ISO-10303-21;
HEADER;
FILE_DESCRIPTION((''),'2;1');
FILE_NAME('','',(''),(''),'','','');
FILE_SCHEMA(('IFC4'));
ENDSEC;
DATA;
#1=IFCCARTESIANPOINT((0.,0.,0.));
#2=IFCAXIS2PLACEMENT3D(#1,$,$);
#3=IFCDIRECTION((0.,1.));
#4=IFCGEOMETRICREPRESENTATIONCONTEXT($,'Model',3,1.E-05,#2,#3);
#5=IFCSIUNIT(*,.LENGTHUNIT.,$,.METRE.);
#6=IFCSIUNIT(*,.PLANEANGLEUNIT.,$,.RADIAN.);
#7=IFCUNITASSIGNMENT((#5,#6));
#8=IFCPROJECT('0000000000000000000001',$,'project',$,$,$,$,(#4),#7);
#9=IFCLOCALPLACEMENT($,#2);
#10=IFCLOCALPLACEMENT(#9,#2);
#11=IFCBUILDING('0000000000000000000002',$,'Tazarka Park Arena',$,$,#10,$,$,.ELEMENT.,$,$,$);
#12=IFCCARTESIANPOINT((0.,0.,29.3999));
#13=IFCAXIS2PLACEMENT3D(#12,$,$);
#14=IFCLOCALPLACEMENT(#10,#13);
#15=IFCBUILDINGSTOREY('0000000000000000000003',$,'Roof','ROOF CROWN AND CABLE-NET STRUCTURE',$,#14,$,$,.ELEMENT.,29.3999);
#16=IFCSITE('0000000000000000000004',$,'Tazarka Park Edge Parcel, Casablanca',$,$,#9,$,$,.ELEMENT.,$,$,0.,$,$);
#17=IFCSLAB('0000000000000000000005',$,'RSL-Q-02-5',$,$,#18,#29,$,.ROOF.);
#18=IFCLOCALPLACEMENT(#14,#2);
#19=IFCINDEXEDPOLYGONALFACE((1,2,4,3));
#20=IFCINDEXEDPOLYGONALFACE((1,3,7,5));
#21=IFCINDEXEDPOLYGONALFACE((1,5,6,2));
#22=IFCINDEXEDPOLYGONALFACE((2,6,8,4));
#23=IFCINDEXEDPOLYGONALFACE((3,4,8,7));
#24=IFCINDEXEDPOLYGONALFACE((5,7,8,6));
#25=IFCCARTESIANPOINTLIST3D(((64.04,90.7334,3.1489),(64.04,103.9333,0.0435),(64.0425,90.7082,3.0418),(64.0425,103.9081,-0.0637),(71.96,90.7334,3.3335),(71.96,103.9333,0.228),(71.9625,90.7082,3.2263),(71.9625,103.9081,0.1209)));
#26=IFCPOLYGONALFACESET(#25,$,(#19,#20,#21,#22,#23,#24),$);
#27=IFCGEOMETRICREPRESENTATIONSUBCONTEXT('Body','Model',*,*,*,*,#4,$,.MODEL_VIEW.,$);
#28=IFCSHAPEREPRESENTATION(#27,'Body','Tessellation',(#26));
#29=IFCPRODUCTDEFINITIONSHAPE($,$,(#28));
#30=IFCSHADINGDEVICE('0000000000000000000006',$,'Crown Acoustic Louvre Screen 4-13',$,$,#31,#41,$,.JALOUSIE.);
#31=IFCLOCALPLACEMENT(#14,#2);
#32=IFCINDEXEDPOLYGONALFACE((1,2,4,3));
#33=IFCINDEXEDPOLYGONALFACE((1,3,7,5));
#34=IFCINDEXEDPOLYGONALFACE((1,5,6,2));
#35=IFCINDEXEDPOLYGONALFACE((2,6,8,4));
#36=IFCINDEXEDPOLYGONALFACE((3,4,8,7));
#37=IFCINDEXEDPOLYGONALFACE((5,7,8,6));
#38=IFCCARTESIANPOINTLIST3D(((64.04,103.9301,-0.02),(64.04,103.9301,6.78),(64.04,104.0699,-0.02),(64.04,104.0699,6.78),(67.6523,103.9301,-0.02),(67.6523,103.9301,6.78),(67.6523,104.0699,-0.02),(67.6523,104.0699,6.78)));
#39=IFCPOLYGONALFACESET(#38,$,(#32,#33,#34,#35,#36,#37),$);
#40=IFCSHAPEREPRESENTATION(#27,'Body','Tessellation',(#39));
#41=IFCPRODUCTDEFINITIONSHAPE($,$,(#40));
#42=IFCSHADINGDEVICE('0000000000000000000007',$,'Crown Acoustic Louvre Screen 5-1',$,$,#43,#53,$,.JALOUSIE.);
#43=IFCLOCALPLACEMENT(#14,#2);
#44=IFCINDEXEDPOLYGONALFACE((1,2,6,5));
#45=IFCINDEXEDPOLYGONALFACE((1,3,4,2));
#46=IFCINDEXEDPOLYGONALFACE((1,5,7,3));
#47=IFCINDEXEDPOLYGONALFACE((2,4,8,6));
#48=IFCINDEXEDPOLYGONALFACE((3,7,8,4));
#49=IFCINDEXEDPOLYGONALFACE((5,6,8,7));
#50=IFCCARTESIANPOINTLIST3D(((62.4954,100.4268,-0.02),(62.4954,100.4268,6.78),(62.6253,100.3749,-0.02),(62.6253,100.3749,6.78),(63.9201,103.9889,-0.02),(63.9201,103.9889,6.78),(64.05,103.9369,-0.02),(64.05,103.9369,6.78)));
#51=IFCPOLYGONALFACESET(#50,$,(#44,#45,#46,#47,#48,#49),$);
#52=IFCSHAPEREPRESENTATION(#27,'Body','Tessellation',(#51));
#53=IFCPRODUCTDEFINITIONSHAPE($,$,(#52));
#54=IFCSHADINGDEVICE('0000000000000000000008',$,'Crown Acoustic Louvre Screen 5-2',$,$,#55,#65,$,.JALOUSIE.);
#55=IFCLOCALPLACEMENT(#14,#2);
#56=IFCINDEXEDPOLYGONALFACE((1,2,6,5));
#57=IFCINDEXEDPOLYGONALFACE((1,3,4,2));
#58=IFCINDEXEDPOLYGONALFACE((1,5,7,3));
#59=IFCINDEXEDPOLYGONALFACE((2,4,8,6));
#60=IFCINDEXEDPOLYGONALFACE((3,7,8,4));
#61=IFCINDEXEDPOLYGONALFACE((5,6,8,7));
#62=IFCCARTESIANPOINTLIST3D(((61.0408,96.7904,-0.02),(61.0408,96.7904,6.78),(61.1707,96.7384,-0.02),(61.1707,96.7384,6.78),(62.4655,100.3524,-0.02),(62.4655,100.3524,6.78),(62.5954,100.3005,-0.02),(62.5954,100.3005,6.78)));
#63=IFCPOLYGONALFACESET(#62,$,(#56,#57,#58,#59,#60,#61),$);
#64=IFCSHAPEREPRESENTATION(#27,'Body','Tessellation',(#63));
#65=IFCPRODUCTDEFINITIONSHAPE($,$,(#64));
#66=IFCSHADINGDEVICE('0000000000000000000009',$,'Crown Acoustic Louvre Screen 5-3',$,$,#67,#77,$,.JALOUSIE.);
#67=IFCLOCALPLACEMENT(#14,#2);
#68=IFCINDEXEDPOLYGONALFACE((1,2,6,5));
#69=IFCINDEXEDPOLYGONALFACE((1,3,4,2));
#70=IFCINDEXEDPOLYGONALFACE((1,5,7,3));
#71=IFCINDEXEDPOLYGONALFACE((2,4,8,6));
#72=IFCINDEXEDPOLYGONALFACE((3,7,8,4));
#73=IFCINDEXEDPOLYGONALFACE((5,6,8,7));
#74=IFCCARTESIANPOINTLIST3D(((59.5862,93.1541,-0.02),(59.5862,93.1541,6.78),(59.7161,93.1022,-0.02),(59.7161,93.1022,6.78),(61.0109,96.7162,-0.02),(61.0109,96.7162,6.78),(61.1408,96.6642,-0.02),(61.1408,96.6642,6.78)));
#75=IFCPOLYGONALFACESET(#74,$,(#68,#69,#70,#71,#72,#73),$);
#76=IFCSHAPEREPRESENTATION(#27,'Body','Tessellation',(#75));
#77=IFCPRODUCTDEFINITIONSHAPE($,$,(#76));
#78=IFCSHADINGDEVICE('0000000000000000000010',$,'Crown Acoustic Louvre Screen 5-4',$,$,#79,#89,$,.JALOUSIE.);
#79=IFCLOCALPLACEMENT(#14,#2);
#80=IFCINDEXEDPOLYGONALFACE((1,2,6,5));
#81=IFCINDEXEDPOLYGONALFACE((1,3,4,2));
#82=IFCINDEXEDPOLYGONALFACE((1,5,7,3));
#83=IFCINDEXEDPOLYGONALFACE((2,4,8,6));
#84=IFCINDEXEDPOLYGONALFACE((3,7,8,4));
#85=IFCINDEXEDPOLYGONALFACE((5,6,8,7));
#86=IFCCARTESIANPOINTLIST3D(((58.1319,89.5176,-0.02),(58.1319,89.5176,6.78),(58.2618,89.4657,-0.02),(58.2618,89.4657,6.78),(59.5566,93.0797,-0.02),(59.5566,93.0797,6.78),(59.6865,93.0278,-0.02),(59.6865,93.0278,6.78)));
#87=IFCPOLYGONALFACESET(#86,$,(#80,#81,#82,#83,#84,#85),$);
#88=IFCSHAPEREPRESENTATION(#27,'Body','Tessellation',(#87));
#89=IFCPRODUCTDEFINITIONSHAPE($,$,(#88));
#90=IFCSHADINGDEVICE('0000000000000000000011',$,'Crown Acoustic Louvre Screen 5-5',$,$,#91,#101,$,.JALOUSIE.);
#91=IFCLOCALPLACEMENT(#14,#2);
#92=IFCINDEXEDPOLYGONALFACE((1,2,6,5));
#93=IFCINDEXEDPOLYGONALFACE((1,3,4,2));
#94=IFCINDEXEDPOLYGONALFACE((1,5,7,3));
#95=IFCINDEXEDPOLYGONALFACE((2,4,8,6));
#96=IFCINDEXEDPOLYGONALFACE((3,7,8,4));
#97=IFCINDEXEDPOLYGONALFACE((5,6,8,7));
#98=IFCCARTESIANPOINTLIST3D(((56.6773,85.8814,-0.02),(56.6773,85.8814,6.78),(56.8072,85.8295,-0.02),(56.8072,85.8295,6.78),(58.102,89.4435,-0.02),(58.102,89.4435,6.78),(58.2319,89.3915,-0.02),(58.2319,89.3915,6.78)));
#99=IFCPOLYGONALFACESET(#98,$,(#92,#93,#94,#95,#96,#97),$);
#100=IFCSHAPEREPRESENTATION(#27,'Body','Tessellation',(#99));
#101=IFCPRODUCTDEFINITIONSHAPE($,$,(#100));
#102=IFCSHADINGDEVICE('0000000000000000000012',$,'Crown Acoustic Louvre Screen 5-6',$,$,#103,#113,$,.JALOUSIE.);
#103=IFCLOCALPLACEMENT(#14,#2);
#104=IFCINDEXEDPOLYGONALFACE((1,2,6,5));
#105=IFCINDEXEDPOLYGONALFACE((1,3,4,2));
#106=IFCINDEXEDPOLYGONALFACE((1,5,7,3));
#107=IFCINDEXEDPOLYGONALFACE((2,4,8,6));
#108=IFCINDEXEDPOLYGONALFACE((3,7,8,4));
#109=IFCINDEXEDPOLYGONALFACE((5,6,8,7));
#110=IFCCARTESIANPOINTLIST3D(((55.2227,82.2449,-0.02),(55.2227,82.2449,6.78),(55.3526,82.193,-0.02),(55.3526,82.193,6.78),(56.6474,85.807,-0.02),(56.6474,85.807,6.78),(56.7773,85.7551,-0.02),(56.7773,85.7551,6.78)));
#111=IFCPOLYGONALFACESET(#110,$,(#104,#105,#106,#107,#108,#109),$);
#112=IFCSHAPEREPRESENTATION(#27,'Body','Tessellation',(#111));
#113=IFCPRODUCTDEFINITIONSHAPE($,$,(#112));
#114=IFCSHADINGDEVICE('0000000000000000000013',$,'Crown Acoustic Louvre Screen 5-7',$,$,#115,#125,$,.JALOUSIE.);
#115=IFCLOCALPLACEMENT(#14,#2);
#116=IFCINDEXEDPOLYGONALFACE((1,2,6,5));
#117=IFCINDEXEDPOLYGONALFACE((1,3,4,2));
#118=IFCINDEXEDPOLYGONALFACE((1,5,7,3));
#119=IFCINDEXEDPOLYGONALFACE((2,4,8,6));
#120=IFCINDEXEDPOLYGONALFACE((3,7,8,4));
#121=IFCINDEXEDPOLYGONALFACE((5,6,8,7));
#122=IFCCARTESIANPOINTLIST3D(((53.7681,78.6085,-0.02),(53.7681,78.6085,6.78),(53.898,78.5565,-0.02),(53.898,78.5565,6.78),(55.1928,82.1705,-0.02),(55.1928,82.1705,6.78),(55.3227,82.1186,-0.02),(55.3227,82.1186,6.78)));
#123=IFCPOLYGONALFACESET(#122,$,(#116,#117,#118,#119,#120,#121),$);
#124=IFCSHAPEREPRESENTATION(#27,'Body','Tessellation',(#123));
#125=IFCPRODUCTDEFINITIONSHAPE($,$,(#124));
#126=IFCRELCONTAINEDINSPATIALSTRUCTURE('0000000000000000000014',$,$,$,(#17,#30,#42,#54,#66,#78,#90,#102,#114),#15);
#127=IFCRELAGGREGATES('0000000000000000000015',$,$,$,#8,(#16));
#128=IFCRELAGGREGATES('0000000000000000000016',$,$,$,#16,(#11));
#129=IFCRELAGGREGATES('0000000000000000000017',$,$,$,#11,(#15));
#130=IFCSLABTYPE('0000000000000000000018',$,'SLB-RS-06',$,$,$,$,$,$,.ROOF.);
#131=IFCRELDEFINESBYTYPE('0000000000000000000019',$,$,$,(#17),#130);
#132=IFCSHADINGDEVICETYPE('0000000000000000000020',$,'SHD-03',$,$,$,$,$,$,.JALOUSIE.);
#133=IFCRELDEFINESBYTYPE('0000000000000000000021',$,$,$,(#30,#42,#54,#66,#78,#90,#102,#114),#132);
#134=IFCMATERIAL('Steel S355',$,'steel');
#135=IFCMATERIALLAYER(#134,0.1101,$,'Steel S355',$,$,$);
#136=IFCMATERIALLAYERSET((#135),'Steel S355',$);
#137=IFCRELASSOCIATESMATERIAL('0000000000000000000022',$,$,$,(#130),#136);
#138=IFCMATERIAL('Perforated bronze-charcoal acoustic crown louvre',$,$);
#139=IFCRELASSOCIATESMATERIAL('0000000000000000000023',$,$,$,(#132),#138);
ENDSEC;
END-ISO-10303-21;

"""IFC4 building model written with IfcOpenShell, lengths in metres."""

from ifc_helpers import new_model, si_unit, direction, frame, origin, origin_2d, place, context, subcontext, project, spatial, polyline, rectangle, outline, extrude, material, layer, layer_set, type_object, element, save


model = new_model("IFC4")

# Units and contexts
model_context = context("Model", 3, precision=1e-05, world=origin(), true_north=direction((0.0, 1.0)))
body_context = subcontext(model_context, "Body", "Model", "MODEL_VIEW")
ifc_project = project(units=[si_unit("LENGTHUNIT", "METRE"), si_unit("PLANEANGLEUNIT", "RADIAN")], contexts=[model_context])

# Site, building, storey
site_placement = place(None, origin())
site = spatial("IfcSite", under=ifc_project, at=site_placement, Name="Tazarka Park Edge Parcel, Casablanca", CompositionType="ELEMENT", RefElevation=0.0)
building_placement = place(site_placement, origin())
building = spatial("IfcBuilding", under=site, at=building_placement, Name="Tazarka Park Arena", CompositionType="ELEMENT")
storey_placement = place(building_placement, frame((0.0, 0.0, 29.3999)))
storey = spatial("IfcBuildingStorey", under=building, at=storey_placement, Name="Roof", Description="ROOF CROWN AND CABLE-NET STRUCTURE", CompositionType="ELEMENT", Elevation=29.3999)

# Slab
ifc_material_1 = material(Name="Steel S355", Category="steel")
ifc_layer_1 = layer(ifc_material_1, 0.1101, Name="Steel S355")
ifc_layer_set_1 = layer_set([ifc_layer_1], Name="Steel S355")
slab_type_1 = type_object("IfcSlabType", Name="SLB-RS-06", PredefinedType="ROOF", material=ifc_layer_set_1)
slab_1_placement = place(storey_placement, frame((64.04, 90.7334, 3.1489), z_axis=(-0.022679, 0.228952, 0.973173), x_axis=(0.999729, 0.0, 0.023298)))
element("IfcSlab", 1, at=slab_1_placement, inside=storey, type_object=slab_type_1, Name="RSL-Q-02-5", PredefinedType="ROOF", context=body_context, shape_type="SweptSolid", body=[
    extrude(outline(polyline([(0.0, 0.0), (7.9221, 0.0), (7.8497, 13.5601), (-0.0724, 13.5601), (0.0, 0.0)])), origin(), (0.0, 0.0, -1.0), 0.1101),
])

# Shading devices
ifc_material_2 = material(Name="Perforated bronze-charcoal acoustic crown louvre")
shading_device_type = type_object("IfcShadingDeviceType", Name="SHD-03", PredefinedType="JALOUSIE", material=ifc_material_2)
shading_device_placement = place(storey_placement, frame((65.8462, 104.0, -0.02), z_axis=(0.0, 0.0, 1.0), x_axis=(-1.0, 0.0, 0.0)))
element("IfcShadingDevice", 2, at=shading_device_placement, inside=storey, type_object=shading_device_type, Name="Crown Acoustic Louvre Screen 4-13", PredefinedType="JALOUSIE", context=body_context, shape_type="SweptSolid", body=[
    extrude(rectangle(XDim=3.6123, YDim=0.1399, at=origin_2d()), origin(), (0.0, 0.0, 1.0), 6.8),
])
for number, where, z_axis, x_axis, name in (
    (3, (63.2727, 102.1819, -0.02), (0.0, 0.0, 1.0), (-0.371368, -0.928486, 0.0), "Crown Acoustic Louvre Screen 5-1"),
    (4, (61.8181, 98.5454, -0.02), (0.0, 0.0, 1.0), (-0.371368, -0.928486, 0.0), "Crown Acoustic Louvre Screen 5-2"),
    (5, (60.3635, 94.9092, -0.02), (0.0, 0.0, 1.0), (-0.371368, -0.928486, 0.0), "Crown Acoustic Louvre Screen 5-3"),
    (6, (58.9092, 91.2727, -0.02), (0.0, 0.0, 1.0), (-0.371368, -0.928486, 0.0), "Crown Acoustic Louvre Screen 5-4"),
    (7, (57.4546, 87.6365, -0.02), (0.0, 0.0, 1.0), (-0.371368, -0.928486, 0.0), "Crown Acoustic Louvre Screen 5-5"),
    (8, (56.0, 84.0, -0.02), (0.0, 0.0, 1.0), (-0.371368, -0.928486, 0.0), "Crown Acoustic Louvre Screen 5-6"),
    (9, (54.5454, 80.3635, -0.02), (0.0, 0.0, 1.0), (-0.371368, -0.928486, 0.0), "Crown Acoustic Louvre Screen 5-7"),
):
    element("IfcShadingDevice", number, at=place(storey_placement, frame(where, z_axis=z_axis, x_axis=x_axis)), inside=storey, type_object=shading_device_type, Name=name, PredefinedType="JALOUSIE", context=body_context, shape_type="SweptSolid", body=[
        extrude(rectangle(XDim=3.8364, YDim=0.1399, at=origin_2d()), origin(), (0.0, 0.0, 1.0), 6.8),
    ])

save(model, "model.ifc")
